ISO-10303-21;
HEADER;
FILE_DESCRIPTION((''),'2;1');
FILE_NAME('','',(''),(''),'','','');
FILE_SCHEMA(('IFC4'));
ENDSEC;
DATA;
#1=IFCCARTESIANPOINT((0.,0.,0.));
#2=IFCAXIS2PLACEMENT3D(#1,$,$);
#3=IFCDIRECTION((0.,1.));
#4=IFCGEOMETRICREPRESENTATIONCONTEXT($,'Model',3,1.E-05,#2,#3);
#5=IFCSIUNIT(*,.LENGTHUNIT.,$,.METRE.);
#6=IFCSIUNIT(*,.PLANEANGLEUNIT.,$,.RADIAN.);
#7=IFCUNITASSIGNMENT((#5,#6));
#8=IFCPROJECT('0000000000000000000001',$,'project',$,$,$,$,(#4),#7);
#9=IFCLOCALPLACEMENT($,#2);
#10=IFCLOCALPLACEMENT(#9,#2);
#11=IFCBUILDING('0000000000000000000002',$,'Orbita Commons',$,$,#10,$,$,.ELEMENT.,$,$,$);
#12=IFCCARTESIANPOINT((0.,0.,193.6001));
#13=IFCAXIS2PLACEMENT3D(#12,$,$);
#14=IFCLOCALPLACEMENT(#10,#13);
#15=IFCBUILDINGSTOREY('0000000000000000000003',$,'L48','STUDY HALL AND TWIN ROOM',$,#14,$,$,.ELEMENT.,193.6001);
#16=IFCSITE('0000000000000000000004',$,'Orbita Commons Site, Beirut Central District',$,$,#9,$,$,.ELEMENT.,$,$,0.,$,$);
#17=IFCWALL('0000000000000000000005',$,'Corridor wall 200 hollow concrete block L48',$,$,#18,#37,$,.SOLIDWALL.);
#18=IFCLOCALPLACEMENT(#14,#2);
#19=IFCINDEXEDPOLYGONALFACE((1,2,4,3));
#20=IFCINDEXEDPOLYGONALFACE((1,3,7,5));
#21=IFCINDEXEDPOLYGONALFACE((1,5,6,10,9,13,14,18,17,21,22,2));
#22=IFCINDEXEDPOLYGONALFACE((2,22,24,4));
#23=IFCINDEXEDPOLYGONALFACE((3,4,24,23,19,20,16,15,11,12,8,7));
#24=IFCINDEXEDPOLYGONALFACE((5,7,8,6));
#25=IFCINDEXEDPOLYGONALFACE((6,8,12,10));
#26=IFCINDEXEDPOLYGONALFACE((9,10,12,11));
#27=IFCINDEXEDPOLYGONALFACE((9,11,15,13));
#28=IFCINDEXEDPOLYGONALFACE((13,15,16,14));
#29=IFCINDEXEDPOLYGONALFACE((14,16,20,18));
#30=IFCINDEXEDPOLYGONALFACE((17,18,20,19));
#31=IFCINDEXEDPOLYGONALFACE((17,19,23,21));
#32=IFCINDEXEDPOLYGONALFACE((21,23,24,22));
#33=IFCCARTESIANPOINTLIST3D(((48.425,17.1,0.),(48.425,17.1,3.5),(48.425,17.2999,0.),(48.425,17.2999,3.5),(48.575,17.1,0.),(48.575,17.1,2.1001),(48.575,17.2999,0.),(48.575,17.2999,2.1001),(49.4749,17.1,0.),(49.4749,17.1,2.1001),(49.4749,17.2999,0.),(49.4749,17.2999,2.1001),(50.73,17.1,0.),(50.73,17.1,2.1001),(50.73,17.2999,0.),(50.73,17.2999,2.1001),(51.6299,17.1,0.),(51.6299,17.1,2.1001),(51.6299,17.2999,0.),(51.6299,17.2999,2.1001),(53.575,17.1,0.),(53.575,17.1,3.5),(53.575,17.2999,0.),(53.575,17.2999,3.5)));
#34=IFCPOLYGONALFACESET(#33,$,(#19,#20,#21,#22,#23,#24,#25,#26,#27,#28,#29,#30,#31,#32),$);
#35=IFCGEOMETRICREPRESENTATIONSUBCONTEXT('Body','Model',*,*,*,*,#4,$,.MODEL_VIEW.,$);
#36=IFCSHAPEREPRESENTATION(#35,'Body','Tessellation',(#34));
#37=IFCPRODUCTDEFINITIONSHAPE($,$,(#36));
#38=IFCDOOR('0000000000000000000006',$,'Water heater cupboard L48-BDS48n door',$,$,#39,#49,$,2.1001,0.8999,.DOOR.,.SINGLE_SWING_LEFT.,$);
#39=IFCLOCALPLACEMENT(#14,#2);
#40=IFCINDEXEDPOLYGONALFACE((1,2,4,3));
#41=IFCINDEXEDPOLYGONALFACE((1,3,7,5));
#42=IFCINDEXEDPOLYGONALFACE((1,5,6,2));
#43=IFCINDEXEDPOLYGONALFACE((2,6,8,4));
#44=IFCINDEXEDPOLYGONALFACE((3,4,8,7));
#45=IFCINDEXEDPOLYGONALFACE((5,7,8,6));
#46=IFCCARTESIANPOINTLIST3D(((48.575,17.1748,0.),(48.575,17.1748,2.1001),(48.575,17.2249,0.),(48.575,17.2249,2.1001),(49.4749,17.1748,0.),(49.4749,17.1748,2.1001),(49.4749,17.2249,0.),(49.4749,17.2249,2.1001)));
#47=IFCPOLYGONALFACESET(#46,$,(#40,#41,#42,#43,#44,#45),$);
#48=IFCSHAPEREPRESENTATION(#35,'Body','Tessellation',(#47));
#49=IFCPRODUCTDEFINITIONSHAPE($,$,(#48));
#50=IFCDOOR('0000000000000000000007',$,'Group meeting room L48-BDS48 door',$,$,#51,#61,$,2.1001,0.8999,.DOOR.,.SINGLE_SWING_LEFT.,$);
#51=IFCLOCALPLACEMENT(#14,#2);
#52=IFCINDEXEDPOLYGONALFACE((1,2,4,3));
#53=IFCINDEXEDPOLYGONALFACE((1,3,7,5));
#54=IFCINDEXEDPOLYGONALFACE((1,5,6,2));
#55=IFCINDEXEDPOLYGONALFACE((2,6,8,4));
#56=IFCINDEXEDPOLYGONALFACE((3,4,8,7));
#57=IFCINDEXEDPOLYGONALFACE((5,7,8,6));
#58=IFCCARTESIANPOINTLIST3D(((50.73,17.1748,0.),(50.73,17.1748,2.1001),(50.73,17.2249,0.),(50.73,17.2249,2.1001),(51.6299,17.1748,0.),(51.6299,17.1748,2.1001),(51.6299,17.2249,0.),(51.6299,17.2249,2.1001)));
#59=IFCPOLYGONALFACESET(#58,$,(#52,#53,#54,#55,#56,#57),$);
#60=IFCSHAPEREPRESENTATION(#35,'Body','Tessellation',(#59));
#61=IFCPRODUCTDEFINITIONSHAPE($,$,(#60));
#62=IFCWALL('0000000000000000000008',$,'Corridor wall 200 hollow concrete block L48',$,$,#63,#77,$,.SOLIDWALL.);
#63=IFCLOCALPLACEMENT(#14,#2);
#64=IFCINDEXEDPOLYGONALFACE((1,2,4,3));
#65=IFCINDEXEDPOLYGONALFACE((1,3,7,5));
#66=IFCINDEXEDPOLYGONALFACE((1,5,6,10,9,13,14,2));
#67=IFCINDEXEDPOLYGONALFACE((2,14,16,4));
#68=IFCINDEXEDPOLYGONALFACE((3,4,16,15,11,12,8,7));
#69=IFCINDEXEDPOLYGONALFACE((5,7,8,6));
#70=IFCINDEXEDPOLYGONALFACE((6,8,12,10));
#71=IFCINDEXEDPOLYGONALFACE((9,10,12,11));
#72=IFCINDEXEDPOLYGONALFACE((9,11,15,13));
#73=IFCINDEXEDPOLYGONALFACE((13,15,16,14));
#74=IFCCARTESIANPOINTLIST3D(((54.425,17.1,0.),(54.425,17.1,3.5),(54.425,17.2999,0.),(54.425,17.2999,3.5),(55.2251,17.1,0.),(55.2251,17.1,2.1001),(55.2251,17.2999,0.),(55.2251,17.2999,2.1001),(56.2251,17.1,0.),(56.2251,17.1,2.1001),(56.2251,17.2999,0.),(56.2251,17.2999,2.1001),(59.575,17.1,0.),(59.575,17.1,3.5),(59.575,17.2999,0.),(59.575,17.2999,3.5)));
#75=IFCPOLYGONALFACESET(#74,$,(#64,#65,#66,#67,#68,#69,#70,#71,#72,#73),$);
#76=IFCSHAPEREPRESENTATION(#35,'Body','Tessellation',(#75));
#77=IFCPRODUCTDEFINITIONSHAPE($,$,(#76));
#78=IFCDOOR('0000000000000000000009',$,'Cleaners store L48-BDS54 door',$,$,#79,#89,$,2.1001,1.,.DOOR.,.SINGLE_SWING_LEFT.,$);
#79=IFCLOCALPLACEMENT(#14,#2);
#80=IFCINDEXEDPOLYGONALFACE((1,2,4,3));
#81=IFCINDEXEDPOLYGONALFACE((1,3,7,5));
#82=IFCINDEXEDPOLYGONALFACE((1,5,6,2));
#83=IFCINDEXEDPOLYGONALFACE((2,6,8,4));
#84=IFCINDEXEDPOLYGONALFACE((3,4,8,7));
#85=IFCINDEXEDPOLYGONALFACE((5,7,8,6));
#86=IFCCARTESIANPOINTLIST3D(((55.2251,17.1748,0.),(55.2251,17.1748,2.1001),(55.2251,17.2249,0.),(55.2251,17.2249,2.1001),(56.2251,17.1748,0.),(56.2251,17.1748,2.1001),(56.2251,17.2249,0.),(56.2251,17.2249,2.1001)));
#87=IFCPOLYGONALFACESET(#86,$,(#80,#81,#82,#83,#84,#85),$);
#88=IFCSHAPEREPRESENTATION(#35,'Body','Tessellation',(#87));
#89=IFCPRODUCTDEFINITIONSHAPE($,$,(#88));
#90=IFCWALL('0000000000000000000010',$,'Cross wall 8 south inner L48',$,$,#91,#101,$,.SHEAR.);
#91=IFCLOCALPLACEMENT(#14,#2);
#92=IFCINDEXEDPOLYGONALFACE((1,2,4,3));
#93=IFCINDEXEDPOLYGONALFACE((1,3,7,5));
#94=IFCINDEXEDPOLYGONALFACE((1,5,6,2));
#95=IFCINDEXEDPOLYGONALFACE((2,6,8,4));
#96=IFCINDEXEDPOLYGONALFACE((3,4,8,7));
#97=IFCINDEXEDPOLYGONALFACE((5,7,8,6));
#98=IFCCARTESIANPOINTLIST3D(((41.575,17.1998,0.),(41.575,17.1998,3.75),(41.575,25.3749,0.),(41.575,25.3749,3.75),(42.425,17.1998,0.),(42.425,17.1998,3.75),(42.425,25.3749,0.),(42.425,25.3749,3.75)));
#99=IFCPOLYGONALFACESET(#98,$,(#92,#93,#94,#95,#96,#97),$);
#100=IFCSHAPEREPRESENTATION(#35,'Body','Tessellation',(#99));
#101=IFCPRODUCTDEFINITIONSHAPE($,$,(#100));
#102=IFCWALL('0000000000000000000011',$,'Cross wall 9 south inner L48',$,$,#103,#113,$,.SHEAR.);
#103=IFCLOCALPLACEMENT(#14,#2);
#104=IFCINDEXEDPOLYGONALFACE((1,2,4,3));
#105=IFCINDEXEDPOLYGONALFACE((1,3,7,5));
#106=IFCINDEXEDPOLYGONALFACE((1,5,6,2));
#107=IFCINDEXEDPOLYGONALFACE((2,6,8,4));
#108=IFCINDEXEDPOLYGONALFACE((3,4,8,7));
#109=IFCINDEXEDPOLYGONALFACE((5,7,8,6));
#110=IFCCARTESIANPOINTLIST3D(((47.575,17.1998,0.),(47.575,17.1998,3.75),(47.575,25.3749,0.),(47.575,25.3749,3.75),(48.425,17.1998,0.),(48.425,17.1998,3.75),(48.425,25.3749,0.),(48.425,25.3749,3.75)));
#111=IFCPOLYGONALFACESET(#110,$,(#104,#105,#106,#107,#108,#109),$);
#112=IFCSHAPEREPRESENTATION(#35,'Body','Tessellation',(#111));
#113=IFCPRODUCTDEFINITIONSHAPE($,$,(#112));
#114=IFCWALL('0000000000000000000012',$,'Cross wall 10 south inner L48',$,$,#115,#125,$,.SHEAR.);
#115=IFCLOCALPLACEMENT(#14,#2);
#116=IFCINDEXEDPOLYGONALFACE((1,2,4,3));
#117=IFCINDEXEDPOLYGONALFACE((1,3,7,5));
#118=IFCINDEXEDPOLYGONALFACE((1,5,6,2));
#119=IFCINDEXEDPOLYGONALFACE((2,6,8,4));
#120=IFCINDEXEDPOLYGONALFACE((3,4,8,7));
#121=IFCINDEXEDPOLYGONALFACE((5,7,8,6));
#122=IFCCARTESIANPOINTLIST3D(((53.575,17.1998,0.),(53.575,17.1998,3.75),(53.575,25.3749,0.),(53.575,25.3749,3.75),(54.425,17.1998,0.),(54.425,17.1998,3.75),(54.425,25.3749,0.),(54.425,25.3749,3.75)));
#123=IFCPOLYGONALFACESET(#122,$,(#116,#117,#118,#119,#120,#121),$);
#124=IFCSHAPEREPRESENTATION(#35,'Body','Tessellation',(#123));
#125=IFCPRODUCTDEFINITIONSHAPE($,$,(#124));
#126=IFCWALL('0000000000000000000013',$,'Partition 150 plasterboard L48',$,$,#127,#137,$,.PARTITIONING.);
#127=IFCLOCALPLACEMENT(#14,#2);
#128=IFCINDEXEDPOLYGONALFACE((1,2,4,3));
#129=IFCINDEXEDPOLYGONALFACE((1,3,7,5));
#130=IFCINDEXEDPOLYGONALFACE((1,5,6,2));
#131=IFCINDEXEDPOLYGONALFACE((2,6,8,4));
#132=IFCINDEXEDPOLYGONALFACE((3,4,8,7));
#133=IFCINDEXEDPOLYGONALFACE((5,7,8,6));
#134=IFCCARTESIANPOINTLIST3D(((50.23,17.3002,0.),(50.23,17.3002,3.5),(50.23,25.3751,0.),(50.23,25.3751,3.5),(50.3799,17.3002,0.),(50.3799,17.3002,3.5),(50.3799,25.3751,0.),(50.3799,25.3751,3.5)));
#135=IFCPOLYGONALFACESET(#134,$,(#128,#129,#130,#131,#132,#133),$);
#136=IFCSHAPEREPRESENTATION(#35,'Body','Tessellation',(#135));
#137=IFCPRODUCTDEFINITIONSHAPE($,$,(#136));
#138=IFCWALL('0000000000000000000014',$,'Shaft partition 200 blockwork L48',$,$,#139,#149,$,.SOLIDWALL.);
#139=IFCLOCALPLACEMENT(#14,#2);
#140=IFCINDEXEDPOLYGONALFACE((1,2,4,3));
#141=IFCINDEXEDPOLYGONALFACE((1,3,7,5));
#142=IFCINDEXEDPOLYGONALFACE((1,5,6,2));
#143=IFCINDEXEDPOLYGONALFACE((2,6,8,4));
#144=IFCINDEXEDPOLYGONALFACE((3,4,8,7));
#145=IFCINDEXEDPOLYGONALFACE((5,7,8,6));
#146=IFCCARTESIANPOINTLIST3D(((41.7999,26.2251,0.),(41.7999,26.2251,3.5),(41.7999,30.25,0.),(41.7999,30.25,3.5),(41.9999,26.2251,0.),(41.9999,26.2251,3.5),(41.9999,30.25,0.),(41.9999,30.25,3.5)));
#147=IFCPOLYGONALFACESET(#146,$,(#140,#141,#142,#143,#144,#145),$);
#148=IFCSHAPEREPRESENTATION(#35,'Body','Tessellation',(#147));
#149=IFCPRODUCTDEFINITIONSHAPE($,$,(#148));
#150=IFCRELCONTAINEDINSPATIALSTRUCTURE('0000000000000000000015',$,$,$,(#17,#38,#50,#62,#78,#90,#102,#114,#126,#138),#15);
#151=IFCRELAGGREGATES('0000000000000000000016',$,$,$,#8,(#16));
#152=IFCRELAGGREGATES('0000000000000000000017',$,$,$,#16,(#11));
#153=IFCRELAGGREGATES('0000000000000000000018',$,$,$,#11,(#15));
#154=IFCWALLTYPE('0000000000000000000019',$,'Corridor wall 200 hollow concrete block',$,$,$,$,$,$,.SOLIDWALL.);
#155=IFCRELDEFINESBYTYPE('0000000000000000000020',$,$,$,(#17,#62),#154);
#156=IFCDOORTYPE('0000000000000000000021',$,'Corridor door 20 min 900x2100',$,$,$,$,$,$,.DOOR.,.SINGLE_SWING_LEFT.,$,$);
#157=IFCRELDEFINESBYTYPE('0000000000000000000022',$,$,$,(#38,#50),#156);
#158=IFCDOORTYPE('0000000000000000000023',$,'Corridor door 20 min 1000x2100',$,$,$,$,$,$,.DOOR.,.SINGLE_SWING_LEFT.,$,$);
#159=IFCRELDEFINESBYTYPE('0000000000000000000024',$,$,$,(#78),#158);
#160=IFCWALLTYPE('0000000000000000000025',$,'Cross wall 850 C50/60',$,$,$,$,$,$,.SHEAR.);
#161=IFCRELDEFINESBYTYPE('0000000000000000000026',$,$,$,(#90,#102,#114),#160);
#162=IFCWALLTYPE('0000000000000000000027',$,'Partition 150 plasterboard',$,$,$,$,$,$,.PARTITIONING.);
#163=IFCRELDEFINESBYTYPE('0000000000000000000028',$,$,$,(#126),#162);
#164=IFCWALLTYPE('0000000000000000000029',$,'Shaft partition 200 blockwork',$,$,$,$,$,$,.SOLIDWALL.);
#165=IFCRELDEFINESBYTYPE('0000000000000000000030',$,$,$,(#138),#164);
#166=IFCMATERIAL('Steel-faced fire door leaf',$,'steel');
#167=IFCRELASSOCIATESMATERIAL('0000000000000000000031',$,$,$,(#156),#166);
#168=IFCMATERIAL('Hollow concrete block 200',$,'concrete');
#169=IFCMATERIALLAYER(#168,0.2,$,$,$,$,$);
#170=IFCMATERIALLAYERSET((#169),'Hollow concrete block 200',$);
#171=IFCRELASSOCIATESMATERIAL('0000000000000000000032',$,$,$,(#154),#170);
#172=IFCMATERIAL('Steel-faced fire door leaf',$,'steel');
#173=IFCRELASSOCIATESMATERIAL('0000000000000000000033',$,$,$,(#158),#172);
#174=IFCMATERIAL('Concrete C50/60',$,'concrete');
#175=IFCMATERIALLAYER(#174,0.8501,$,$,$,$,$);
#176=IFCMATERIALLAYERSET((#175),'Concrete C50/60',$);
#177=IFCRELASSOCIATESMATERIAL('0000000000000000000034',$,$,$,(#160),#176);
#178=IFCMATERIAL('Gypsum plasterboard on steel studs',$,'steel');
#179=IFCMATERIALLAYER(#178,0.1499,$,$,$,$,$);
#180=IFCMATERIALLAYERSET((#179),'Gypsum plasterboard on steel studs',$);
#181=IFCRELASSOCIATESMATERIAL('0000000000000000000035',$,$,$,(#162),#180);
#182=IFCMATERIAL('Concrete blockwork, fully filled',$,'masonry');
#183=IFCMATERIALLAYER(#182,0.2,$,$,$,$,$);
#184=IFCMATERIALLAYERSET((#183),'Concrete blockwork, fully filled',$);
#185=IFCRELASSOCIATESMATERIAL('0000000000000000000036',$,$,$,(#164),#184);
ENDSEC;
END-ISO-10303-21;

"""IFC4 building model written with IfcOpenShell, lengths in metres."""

from ifc_helpers import new_model, si_unit, direction, frame, frame_2d, origin, place, context, subcontext, project, spatial, rectangle, extrude, material, layer, layer_set, type_object, element, fill, save


model = new_model("IFC4")

# Units and contexts
model_context = context("Model", 3, precision=1e-05, world=origin(), true_north=direction((0.0, 1.0)))
body_context = subcontext(model_context, "Body", "Model", "MODEL_VIEW")
ifc_project = project(units=[si_unit("LENGTHUNIT", "METRE"), si_unit("PLANEANGLEUNIT", "RADIAN")], contexts=[model_context])

# Site, building, storey
site_placement = place(None, origin())
site = spatial("IfcSite", under=ifc_project, at=site_placement, Name="Orbita Commons Site, Beirut Central District", CompositionType="ELEMENT", RefElevation=0.0)
building_placement = place(site_placement, origin())
building = spatial("IfcBuilding", under=site, at=building_placement, Name="Orbita Commons", CompositionType="ELEMENT")
storey_placement = place(building_placement, frame((0.0, 0.0, 193.6001)))
storey = spatial("IfcBuildingStorey", under=building, at=storey_placement, Name="L48", Description="STUDY HALL AND TWIN ROOM", CompositionType="ELEMENT", Elevation=193.6001)

# Shared definitions
ifc_material_1 = material(Name="Steel-faced fire door leaf", Category="steel")
door_type_1 = type_object("IfcDoorType", Name="Corridor door 20 min 900x2100", OperationType="SINGLE_SWING_LEFT", PredefinedType="DOOR", material=ifc_material_1)

# Shared definitions
ifc_material_2 = material(Name="Hollow concrete block 200", Category="concrete")
ifc_layer_1 = layer(ifc_material_2, 0.2)
ifc_layer_set_1 = layer_set([ifc_layer_1], Name="Hollow concrete block 200")
wall_type_1 = type_object("IfcWallType", Name="Corridor wall 200 hollow concrete block", PredefinedType="SOLIDWALL", material=ifc_layer_set_1)
ifc_material_3 = material(Name="Steel-faced fire door leaf", Category="steel")
door_type_2 = type_object("IfcDoorType", Name="Corridor door 20 min 1000x2100", OperationType="SINGLE_SWING_LEFT", PredefinedType="DOOR", material=ifc_material_3)

# Wall, openings, doors
wall_1_placement = place(storey_placement, frame((48.425, 17.2, 0.0), z_axis=(0.0, 0.0, 1.0), x_axis=(1.0, 0.0, 0.0)))
wall_1 = element("IfcWall", 1, at=wall_1_placement, inside=storey, type_object=wall_type_1, Name="Corridor wall 200 hollow concrete block L48", PredefinedType="SOLIDWALL", context=body_context, shape_type="SweptSolid", body=[
    extrude(rectangle(XDim=5.1499, YDim=0.2, at=frame_2d((2.575, 0.0))), origin(), (0.0, 0.0, 1.0), 3.5),
])
opening_1_placement = place(wall_1_placement, frame((0.1499, 0.0, 0.0)))
opening_1 = element("IfcOpeningElement", 2, at=opening_1_placement, cuts=wall_1, PredefinedType="OPENING", context=body_context, shape_type="SweptSolid", body=[
    extrude(rectangle(XDim=0.8999, YDim=2.1001, at=frame_2d((0.45, 1.05))), frame((0.0, 0.1099, 0.0), z_axis=(0.0, -1.0, 0.0), x_axis=(1.0, 0.0, 0.0)), (0.0, 0.0, 1.0), 0.22),
])
opening_2_placement = place(wall_1_placement, frame((2.3049, 0.0, 0.0)))
opening_2 = element("IfcOpeningElement", 3, at=opening_2_placement, cuts=wall_1, PredefinedType="OPENING", context=body_context, shape_type="SweptSolid", body=[
    extrude(rectangle(XDim=0.8999, YDim=2.1001, at=frame_2d((0.45, 1.05))), frame((0.0, 0.1099, 0.0), z_axis=(0.0, -1.0, 0.0), x_axis=(1.0, 0.0, 0.0)), (0.0, 0.0, 1.0), 0.22),
])
door_1_placement = place(opening_1_placement, origin())
door_1 = element("IfcDoor", 4, at=door_1_placement, inside=storey, type_object=door_type_1, Name="Water heater cupboard L48-BDS48n door", OperationType="SINGLE_SWING_LEFT", OverallHeight=2.1001, OverallWidth=0.8999, PredefinedType="DOOR", context=body_context, shape_type="SweptSolid", body=[
    extrude(rectangle(XDim=0.8999, YDim=2.1001, at=frame_2d((0.45, 1.05))), frame((0.0, 0.0249, 0.0), z_axis=(0.0, -1.0, 0.0), x_axis=(1.0, 0.0, 0.0)), (0.0, 0.0, 1.0), 0.05),
])
fill(opening_1, door_1)
door_2_placement = place(opening_2_placement, origin())
door_2 = element("IfcDoor", 5, at=door_2_placement, inside=storey, type_object=door_type_1, Name="Group meeting room L48-BDS48 door", OperationType="SINGLE_SWING_LEFT", OverallHeight=2.1001, OverallWidth=0.8999, PredefinedType="DOOR", context=body_context, shape_type="SweptSolid", body=[
    extrude(rectangle(XDim=0.8999, YDim=2.1001, at=frame_2d((0.45, 1.05))), frame((0.0, 0.0249, 0.0), z_axis=(0.0, -1.0, 0.0), x_axis=(1.0, 0.0, 0.0)), (0.0, 0.0, 1.0), 0.05),
])
fill(opening_2, door_2)

# Wall, opening, door
wall_2_placement = place(storey_placement, frame((54.425, 17.2, 0.0), z_axis=(0.0, 0.0, 1.0), x_axis=(1.0, 0.0, 0.0)))
wall_2 = element("IfcWall", 6, at=wall_2_placement, inside=storey, type_object=wall_type_1, Name="Corridor wall 200 hollow concrete block L48", PredefinedType="SOLIDWALL", context=body_context, shape_type="SweptSolid", body=[
    extrude(rectangle(XDim=5.1499, YDim=0.2, at=frame_2d((2.575, 0.0))), origin(), (0.0, 0.0, 1.0), 3.5),
])
opening_3_placement = place(wall_2_placement, frame((0.8, 0.0, 0.0)))
opening_3 = element("IfcOpeningElement", 7, at=opening_3_placement, cuts=wall_2, PredefinedType="OPENING", context=body_context, shape_type="SweptSolid", body=[
    extrude(rectangle(XDim=1.0, YDim=2.1001, at=frame_2d((0.5, 1.05))), frame((0.0, 0.1099, 0.0), z_axis=(0.0, -1.0, 0.0), x_axis=(1.0, 0.0, 0.0)), (0.0, 0.0, 1.0), 0.22),
])
door_3_placement = place(opening_3_placement, origin())
door_3 = element("IfcDoor", 8, at=door_3_placement, inside=storey, type_object=door_type_2, Name="Cleaners store L48-BDS54 door", OperationType="SINGLE_SWING_LEFT", OverallHeight=2.1001, OverallWidth=1.0, PredefinedType="DOOR", context=body_context, shape_type="SweptSolid", body=[
    extrude(rectangle(XDim=1.0, YDim=2.1001, at=frame_2d((0.5, 1.05))), frame((0.0, 0.0249, 0.0), z_axis=(0.0, -1.0, 0.0), x_axis=(1.0, 0.0, 0.0)), (0.0, 0.0, 1.0), 0.05),
])
fill(opening_3, door_3)

# Walls
ifc_material_4 = material(Name="Concrete C50/60", Category="concrete")
ifc_layer_2 = layer(ifc_material_4, 0.8501)
ifc_layer_set_2 = layer_set([ifc_layer_2], Name="Concrete C50/60")
wall_type_2 = type_object("IfcWallType", Name="Cross wall 850 C50/60", PredefinedType="SHEAR", material=ifc_layer_set_2)
for number, where, z_axis, x_axis, name in (
    (9, (42.0, 17.2, 0.0), (0.0, 0.0, 1.0), (0.0, 1.0, 0.0), "Cross wall 8 south inner L48"),
    (10, (48.0, 17.2, 0.0), (0.0, 0.0, 1.0), (0.0, 1.0, 0.0), "Cross wall 9 south inner L48"),
    (11, (54.0, 17.2, 0.0), (0.0, 0.0, 1.0), (0.0, 1.0, 0.0), "Cross wall 10 south inner L48"),
):
    element("IfcWall", number, at=place(storey_placement, frame(where, z_axis=z_axis, x_axis=x_axis)), inside=storey, type_object=wall_type_2, Name=name, PredefinedType="SHEAR", context=body_context, shape_type="SweptSolid", body=[
        extrude(rectangle(XDim=8.175, YDim=0.8501, at=frame_2d((4.0874, 0.0))), origin(), (0.0, 0.0, 1.0), 3.75),
    ])
ifc_material_5 = material(Name="Gypsum plasterboard on steel studs", Category="steel")
ifc_layer_3 = layer(ifc_material_5, 0.1499)
ifc_layer_set_3 = layer_set([ifc_layer_3], Name="Gypsum plasterboard on steel studs")
wall_type_3 = type_object("IfcWallType", Name="Partition 150 plasterboard", PredefinedType="PARTITIONING", material=ifc_layer_set_3)
wall_3_placement = place(storey_placement, frame((50.3049, 17.3, 0.0), z_axis=(0.0, 0.0, 1.0), x_axis=(0.0, 1.0, 0.0)))
element("IfcWall", 12, at=wall_3_placement, inside=storey, type_object=wall_type_3, Name="Partition 150 plasterboard L48", PredefinedType="PARTITIONING", context=body_context, shape_type="SweptSolid", body=[
    extrude(rectangle(XDim=8.075, YDim=0.1499, at=frame_2d((4.0376, 0.0))), origin(), (0.0, 0.0, 1.0), 3.5),
])
ifc_material_6 = material(Name="Concrete blockwork, fully filled", Category="masonry")
ifc_layer_4 = layer(ifc_material_6, 0.2)
ifc_layer_set_4 = layer_set([ifc_layer_4], Name="Concrete blockwork, fully filled")
wall_type_4 = type_object("IfcWallType", Name="Shaft partition 200 blockwork", PredefinedType="SOLIDWALL", material=ifc_layer_set_4)
wall_4_placement = place(storey_placement, frame((41.8999, 26.2251, 0.0), z_axis=(0.0, 0.0, 1.0), x_axis=(0.0, 1.0, 0.0)))
element("IfcWall", 13, at=wall_4_placement, inside=storey, type_object=wall_type_4, Name="Shaft partition 200 blockwork L48", PredefinedType="SOLIDWALL", context=body_context, shape_type="SweptSolid", body=[
    extrude(rectangle(XDim=4.0249, YDim=0.2, at=frame_2d((2.0125, 0.0))), origin(), (0.0, 0.0, 1.0), 3.5),
])

save(model, "model.ifc")
